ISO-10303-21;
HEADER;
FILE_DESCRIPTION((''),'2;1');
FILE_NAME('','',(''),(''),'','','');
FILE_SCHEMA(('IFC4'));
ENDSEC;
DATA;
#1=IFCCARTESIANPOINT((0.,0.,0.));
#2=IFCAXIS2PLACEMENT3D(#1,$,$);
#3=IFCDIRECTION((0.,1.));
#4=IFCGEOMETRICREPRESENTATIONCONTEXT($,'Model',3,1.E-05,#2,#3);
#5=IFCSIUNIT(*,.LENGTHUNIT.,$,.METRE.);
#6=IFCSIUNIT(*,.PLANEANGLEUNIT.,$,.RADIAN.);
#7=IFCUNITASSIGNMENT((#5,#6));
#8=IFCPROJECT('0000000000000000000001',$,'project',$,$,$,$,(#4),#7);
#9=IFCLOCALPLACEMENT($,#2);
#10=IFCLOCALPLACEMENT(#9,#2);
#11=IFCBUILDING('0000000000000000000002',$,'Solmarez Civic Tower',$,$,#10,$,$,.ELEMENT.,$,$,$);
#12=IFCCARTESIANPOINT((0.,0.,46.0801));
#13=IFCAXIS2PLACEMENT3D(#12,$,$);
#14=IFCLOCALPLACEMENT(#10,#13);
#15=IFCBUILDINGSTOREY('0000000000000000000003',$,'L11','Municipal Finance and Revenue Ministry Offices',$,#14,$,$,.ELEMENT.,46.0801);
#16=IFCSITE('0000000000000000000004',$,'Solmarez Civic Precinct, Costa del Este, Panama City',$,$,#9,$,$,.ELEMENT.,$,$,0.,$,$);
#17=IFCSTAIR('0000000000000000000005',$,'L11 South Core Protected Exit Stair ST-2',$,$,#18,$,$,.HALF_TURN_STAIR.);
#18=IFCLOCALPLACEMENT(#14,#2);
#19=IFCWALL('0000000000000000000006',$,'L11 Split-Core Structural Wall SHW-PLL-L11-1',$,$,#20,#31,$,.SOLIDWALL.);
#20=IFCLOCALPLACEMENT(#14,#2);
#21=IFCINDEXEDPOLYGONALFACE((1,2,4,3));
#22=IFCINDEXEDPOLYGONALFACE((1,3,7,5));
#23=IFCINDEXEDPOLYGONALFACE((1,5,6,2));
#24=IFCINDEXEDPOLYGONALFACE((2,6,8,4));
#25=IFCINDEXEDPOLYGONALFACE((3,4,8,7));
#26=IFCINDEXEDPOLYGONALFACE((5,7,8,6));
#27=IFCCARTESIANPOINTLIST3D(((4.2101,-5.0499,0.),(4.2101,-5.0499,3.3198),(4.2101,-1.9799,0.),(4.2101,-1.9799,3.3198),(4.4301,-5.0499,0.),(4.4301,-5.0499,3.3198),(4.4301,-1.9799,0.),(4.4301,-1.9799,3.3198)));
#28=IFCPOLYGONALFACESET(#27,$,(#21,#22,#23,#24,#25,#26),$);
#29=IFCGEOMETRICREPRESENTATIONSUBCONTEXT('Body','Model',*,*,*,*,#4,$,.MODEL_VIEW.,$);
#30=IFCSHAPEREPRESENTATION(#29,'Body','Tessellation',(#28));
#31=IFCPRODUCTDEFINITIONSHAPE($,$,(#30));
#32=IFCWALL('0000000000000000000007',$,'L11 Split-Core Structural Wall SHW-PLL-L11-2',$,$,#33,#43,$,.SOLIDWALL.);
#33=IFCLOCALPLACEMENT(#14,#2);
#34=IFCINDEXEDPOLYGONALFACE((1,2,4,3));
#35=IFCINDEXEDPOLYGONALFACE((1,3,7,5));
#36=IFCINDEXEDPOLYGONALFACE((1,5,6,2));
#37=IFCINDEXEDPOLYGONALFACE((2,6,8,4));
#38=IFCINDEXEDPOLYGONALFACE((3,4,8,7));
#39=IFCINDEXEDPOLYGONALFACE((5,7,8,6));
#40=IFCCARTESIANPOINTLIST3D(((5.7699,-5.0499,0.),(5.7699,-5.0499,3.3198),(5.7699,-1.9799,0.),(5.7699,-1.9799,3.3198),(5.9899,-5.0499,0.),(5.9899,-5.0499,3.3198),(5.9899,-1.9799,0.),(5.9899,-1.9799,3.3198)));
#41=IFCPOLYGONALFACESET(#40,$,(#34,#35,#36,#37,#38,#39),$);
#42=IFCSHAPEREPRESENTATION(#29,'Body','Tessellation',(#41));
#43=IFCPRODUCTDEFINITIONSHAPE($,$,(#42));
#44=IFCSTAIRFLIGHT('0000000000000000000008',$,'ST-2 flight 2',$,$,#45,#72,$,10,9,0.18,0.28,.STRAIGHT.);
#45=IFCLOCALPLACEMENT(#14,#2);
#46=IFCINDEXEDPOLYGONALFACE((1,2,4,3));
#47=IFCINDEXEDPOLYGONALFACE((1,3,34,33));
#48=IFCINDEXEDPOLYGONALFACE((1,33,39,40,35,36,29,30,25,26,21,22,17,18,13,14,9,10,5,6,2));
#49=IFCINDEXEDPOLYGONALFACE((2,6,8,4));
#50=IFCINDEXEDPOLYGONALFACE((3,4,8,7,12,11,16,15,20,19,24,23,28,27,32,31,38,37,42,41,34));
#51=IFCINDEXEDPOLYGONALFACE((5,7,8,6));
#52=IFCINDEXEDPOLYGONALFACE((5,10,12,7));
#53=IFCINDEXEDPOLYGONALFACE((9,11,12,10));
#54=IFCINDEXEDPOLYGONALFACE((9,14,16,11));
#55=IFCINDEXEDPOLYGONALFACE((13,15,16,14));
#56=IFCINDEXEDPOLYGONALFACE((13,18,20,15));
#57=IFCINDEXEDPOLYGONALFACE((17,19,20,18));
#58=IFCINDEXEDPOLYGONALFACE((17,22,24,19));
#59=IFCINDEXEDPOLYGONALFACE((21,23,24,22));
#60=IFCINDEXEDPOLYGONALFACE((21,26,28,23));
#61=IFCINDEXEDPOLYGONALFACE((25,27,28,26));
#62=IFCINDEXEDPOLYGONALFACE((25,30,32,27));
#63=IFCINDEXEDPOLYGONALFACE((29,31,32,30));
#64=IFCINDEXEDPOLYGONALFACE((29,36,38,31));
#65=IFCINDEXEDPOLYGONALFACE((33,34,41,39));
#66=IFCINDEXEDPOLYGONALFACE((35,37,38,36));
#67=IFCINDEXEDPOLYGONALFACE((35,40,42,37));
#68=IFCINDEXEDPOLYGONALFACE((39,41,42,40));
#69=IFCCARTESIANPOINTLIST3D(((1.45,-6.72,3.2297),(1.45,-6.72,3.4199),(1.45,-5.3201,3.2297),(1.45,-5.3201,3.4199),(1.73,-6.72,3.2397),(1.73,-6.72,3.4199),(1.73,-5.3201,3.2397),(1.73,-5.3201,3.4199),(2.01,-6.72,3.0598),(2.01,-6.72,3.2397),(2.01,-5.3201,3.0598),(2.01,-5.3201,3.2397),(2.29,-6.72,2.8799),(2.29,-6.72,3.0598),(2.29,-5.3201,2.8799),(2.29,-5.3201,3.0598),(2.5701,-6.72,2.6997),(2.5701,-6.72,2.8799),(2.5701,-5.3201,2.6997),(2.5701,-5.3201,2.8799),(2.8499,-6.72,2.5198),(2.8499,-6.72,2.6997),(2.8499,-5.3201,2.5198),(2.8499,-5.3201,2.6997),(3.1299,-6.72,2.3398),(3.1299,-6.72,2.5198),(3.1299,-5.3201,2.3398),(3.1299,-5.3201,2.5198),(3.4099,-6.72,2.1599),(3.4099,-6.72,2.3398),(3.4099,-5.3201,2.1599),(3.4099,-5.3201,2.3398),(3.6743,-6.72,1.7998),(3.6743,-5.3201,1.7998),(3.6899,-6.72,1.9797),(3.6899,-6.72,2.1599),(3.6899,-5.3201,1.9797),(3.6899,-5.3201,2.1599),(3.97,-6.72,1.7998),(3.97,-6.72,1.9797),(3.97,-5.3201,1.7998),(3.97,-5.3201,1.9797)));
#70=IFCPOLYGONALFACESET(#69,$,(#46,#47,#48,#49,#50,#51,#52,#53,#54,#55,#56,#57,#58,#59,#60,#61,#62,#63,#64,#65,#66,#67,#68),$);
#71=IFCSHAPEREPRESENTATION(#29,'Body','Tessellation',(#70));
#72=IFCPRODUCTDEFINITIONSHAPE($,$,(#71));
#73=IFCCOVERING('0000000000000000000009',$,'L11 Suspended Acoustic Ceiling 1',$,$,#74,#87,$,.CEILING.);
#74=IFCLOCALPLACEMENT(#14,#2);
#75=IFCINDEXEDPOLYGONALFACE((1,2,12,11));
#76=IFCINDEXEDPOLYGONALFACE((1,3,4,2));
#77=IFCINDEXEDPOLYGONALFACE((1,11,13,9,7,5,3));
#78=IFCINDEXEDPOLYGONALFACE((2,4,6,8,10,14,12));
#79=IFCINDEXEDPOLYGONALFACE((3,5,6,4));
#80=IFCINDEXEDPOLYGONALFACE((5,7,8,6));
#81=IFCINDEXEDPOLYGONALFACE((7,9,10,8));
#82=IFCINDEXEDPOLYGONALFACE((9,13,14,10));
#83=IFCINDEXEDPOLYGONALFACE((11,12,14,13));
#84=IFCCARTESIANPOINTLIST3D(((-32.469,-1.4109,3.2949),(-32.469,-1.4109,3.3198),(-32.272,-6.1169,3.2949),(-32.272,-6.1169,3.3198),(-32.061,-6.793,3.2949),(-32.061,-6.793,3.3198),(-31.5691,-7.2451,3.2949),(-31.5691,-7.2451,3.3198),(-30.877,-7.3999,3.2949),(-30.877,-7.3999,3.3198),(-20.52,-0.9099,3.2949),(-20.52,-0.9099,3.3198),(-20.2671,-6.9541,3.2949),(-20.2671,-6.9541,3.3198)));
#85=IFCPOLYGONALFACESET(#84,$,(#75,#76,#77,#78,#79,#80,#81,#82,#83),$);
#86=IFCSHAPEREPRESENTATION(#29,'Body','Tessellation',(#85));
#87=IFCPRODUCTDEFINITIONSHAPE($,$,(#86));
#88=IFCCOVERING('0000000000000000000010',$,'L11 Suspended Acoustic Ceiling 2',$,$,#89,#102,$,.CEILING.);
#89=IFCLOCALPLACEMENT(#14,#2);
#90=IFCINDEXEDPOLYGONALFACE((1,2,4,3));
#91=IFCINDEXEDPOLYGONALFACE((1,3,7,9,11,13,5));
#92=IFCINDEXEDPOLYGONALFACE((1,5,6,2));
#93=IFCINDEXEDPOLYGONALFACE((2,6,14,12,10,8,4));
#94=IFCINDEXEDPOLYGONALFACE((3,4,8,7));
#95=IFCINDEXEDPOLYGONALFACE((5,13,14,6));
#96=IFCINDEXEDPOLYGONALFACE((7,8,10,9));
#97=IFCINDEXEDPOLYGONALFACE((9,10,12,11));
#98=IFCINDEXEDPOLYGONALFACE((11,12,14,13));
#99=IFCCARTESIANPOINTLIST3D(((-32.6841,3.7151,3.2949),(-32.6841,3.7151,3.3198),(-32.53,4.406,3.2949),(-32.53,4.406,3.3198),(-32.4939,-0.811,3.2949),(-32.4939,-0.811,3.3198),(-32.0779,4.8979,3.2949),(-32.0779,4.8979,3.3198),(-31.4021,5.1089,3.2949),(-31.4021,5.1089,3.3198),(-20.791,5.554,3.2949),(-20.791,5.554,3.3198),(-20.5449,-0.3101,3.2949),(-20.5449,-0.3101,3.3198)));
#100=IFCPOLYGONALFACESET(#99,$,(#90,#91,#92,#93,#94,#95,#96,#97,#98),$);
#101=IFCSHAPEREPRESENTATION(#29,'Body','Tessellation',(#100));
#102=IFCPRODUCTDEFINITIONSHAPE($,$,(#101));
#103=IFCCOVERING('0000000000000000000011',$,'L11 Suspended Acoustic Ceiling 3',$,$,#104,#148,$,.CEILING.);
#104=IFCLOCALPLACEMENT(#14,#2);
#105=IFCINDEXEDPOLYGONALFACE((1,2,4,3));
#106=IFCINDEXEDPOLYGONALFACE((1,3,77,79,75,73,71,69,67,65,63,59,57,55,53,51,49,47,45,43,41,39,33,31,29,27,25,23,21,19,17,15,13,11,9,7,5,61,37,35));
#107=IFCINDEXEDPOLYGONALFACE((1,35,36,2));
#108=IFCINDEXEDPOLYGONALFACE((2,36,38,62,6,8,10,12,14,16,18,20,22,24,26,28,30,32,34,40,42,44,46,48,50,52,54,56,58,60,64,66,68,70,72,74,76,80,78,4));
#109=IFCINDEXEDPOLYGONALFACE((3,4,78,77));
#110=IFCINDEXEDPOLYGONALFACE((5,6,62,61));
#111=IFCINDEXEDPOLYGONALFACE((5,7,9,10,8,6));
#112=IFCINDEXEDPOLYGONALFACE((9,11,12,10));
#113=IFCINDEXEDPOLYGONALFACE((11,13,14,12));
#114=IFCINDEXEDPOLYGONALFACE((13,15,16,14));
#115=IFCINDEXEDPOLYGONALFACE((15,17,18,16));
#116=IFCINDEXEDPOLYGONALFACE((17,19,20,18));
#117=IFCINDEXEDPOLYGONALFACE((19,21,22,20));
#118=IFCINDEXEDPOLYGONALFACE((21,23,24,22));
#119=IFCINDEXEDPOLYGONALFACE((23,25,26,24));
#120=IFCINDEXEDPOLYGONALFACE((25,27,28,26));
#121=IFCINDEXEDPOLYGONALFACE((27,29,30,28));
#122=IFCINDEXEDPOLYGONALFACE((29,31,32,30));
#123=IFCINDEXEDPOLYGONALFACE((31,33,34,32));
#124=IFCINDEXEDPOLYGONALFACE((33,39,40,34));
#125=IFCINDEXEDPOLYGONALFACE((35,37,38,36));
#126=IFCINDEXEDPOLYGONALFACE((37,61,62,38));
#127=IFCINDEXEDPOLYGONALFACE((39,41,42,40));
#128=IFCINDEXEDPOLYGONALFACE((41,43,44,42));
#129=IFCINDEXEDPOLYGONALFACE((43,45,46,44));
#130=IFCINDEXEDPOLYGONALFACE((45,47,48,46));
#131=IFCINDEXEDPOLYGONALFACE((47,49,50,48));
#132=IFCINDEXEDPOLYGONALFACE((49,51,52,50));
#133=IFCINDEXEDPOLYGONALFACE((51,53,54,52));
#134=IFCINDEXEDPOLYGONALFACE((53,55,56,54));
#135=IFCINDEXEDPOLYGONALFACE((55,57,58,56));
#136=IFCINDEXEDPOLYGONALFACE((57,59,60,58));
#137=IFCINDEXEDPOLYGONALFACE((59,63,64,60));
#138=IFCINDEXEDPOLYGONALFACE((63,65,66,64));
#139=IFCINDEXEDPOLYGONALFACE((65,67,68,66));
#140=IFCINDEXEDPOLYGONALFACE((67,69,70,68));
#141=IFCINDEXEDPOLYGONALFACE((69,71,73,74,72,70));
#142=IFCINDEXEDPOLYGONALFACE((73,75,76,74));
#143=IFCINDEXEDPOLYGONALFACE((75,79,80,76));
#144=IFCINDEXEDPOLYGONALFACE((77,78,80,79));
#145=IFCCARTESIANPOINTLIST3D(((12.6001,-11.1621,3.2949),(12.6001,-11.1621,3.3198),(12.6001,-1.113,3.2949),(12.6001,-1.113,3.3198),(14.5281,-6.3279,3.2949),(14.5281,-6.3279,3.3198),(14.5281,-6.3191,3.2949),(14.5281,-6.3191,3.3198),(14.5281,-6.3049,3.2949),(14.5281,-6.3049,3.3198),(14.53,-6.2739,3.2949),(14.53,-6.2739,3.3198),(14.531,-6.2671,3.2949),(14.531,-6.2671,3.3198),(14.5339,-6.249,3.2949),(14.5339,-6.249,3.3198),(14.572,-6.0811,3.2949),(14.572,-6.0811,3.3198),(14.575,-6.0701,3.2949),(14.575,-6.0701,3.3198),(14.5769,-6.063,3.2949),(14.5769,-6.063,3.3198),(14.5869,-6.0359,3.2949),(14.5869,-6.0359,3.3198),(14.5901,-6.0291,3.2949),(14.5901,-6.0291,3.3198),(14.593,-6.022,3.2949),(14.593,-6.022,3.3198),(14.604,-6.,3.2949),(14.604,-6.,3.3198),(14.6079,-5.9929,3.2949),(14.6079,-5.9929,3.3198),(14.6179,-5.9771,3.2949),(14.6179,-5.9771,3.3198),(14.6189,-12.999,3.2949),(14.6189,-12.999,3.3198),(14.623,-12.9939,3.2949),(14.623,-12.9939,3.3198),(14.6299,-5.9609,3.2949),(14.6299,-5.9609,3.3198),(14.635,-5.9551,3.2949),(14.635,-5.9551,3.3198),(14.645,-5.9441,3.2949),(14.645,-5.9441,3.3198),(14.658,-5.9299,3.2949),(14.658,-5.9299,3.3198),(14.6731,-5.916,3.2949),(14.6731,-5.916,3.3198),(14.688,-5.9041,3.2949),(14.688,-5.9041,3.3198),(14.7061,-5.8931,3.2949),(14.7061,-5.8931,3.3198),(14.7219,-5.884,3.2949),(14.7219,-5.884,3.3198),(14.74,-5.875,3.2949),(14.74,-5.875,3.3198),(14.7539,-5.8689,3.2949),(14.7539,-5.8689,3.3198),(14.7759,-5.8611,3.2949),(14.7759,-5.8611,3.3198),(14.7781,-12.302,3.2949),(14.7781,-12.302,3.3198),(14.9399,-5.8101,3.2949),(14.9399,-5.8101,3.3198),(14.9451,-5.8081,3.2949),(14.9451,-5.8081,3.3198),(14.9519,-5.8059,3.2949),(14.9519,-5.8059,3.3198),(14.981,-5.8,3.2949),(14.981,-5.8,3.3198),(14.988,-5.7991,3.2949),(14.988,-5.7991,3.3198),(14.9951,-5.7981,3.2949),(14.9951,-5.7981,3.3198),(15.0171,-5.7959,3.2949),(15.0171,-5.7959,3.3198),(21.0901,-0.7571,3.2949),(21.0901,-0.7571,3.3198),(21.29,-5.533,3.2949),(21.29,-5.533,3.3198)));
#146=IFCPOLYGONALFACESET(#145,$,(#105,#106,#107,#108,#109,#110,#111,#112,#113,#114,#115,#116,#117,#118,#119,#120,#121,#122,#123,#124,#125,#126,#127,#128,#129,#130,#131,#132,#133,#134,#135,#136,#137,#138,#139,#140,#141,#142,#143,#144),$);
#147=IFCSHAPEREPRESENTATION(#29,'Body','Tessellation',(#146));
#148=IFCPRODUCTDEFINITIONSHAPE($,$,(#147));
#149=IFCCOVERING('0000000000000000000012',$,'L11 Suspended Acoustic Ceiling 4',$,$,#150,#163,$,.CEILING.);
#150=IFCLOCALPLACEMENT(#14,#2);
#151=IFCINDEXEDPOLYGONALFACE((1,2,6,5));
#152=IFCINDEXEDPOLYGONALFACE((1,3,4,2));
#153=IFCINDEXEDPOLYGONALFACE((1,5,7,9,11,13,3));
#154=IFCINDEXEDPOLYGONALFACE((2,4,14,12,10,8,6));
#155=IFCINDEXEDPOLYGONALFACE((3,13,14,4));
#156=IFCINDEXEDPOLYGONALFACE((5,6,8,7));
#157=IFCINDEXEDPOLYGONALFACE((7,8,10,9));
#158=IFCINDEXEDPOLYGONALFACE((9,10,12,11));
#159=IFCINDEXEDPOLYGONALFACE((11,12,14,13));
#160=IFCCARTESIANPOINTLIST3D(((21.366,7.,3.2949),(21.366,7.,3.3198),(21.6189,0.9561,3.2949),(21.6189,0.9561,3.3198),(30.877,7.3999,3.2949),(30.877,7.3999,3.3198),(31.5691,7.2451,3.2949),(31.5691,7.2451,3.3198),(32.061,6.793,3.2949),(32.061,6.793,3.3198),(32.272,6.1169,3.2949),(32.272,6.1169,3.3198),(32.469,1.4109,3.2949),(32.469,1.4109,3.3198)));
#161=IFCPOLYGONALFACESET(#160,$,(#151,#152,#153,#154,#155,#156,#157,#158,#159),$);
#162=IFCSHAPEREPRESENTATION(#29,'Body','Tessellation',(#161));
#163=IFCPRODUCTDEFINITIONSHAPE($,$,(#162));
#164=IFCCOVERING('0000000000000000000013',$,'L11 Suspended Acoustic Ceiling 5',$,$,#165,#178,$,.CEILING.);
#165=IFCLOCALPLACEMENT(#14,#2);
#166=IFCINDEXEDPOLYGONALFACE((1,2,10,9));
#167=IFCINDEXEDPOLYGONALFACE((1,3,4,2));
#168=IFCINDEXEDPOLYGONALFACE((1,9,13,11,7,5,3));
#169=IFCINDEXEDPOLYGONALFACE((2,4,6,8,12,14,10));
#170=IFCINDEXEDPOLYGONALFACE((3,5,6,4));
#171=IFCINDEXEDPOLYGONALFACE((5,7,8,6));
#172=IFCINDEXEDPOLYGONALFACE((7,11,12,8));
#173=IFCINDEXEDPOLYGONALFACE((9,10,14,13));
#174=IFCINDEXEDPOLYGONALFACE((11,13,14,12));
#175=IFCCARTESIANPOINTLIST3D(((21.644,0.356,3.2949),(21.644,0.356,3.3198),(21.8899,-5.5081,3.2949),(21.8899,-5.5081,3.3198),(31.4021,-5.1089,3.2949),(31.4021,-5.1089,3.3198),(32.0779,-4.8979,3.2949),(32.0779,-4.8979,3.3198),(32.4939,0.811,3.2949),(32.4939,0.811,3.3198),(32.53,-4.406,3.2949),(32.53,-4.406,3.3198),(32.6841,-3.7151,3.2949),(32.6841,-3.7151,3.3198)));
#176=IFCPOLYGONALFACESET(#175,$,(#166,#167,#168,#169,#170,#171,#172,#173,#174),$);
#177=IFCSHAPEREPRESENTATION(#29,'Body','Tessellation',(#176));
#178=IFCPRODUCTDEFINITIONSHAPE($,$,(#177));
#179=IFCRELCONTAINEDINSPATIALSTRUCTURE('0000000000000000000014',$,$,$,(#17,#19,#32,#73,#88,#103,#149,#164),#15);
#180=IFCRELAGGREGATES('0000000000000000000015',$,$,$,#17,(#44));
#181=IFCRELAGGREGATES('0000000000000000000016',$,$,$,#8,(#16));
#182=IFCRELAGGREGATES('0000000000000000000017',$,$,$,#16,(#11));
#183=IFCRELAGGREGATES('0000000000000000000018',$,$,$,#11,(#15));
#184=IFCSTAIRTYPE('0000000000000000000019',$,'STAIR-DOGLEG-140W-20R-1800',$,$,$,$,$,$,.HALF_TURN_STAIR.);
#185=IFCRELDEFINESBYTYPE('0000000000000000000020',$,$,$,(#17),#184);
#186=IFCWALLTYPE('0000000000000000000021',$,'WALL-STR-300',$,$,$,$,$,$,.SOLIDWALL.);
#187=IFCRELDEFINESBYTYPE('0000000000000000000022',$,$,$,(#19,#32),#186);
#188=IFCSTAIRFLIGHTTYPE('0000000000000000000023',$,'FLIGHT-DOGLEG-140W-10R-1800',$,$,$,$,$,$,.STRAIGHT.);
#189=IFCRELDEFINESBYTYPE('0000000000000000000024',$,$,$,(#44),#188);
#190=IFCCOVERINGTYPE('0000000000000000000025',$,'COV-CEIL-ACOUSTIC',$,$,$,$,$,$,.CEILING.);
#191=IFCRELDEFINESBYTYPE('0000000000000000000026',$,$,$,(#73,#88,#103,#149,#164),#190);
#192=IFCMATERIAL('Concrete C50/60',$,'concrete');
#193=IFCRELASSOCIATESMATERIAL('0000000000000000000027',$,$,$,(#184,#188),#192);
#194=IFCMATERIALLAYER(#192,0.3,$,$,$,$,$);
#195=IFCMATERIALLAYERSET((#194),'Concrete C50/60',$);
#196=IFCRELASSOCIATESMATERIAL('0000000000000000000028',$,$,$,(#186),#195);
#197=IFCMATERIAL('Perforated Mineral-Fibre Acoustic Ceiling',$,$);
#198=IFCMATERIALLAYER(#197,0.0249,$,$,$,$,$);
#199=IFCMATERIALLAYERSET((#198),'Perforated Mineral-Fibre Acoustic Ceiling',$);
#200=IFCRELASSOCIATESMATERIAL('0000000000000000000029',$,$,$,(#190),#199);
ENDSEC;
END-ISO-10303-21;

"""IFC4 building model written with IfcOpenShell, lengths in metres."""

from ifc_helpers import new_model, si_unit, direction, frame, frame_2d, origin, place, context, subcontext, project, spatial, polyline, rectangle, outline, extrude, material, layer, layer_set, type_object, element, aggregate, save


model = new_model("IFC4")

# Units and contexts
model_context = context("Model", 3, precision=1e-05, world=origin(), true_north=direction((0.0, 1.0)))
body_context = subcontext(model_context, "Body", "Model", "MODEL_VIEW")
ifc_project = project(units=[si_unit("LENGTHUNIT", "METRE"), si_unit("PLANEANGLEUNIT", "RADIAN")], contexts=[model_context])

# Site, building, storey
site_placement = place(None, origin())
site = spatial("IfcSite", under=ifc_project, at=site_placement, Name="Solmarez Civic Precinct, Costa del Este, Panama City", CompositionType="ELEMENT", RefElevation=0.0)
building_placement = place(site_placement, origin())
building = spatial("IfcBuilding", under=site, at=building_placement, Name="Solmarez Civic Tower", CompositionType="ELEMENT")
storey_placement = place(building_placement, frame((0.0, 0.0, 46.0801)))
storey = spatial("IfcBuildingStorey", under=building, at=storey_placement, Name="L11", Description="Municipal Finance and Revenue Ministry Offices", CompositionType="ELEMENT", Elevation=46.0801)

# Stair
ifc_material_1 = material(Name="Concrete C50/60", Category="concrete")
stair_type = type_object("IfcStairType", Name="STAIR-DOGLEG-140W-20R-1800", PredefinedType="HALF_TURN_STAIR", material=ifc_material_1)
stair_1_placement = place(storey_placement, origin())
stair_1 = element("IfcStair", 1, at=stair_1_placement, inside=storey, type_object=stair_type, Name="L11 South Core Protected Exit Stair ST-2", PredefinedType="HALF_TURN_STAIR")

# Walls
ifc_layer_1 = layer(ifc_material_1, 0.3)
ifc_layer_set_1 = layer_set([ifc_layer_1], Name="Concrete C50/60")
wall_type = type_object("IfcWallType", Name="WALL-STR-300", PredefinedType="SOLIDWALL", material=ifc_layer_set_1)
for number, where, z_axis, x_axis, name in (
    (2, (4.3201, -5.05, 0.0), (0.0, 0.0, 1.0), (0.0, 1.0, 0.0), "L11 Split-Core Structural Wall SHW-PLL-L11-1"),
    (3, (5.8799, -5.05, 0.0), (0.0, 0.0, 1.0), (0.0, 1.0, 0.0), "L11 Split-Core Structural Wall SHW-PLL-L11-2"),
):
    element("IfcWall", number, at=place(storey_placement, frame(where, z_axis=z_axis, x_axis=x_axis)), inside=storey, type_object=wall_type, Name=name, PredefinedType="SOLIDWALL", context=body_context, shape_type="SweptSolid", body=[
        extrude(rectangle(XDim=3.0701, YDim=0.22, at=frame_2d((1.5352, 0.0))), origin(), (0.0, 0.0, 1.0), 3.3198),
    ])

# Stair flight
stair_flight_type = type_object("IfcStairFlightType", Name="FLIGHT-DOGLEG-140W-10R-1800", PredefinedType="STRAIGHT", material=ifc_material_1)
stair_flight_placement = place(storey_placement, frame((3.97, -6.02, 1.7998), z_axis=(0.0, 0.0, 1.0), x_axis=(-1.0, 0.0, 0.0)))
stair_flight = element("IfcStairFlight", 4, at=stair_flight_placement, type_object=stair_flight_type, Name="ST-2 flight 2", NumberOfRisers=10, NumberOfTreads=9, PredefinedType="STRAIGHT", RiserHeight=0.18, TreadLength=0.28, context=body_context, shape_type="SweptSolid", body=[
    extrude(outline(polyline([(0.0, 0.0), (0.0, 0.1799), (0.28, 0.1799), (0.28, 0.3601), (0.5601, 0.3601), (0.5601, 0.54), (0.8401, 0.54), (0.8401, 0.72), (1.1201, 0.72), (1.1201, 0.8999), (1.3999, 0.8999), (1.3999, 1.0801), (1.6799, 1.0801), (1.6799, 1.26), (1.96, 1.26), (1.96, 1.4399), (2.24, 1.4399), (2.24, 1.6201), (2.52, 1.6201), (2.52, 1.8), (2.52, 1.4299), (0.2957, 0.0), (0.0, 0.0)])), frame((0.0, 0.7, 0.0), z_axis=(0.0, -1.0, 0.0), x_axis=(1.0, 0.0, 0.0)), (0.0, 0.0, 1.0), 1.3999),
])
aggregate(stair_1, [stair_flight])

# Coverings
ifc_material_2 = material(Name="Perforated Mineral-Fibre Acoustic Ceiling")
ifc_layer_2 = layer(ifc_material_2, 0.0249)
ifc_layer_set_2 = layer_set([ifc_layer_2], Name="Perforated Mineral-Fibre Acoustic Ceiling")
covering_type_1 = type_object("IfcCoveringType", Name="COV-CEIL-ACOUSTIC", PredefinedType="CEILING", material=ifc_layer_set_2)
covering_1_placement = place(storey_placement, frame((0.0, 0.0, 3.2949)))
element("IfcCovering", 5, at=covering_1_placement, inside=storey, type_object=covering_type_1, Name="L11 Suspended Acoustic Ceiling 1", PredefinedType="CEILING", context=body_context, shape_type="SweptSolid", body=[
    extrude(outline(polyline([(-32.469, -1.4109), (-32.272, -6.1169), (-32.061, -6.793), (-31.5691, -7.2451), (-30.877, -7.3999), (-20.2671, -6.9541), (-20.52, -0.9099), (-32.469, -1.4109)])), origin(), (0.0, 0.0, 1.0), 0.0249),
])
covering_2_placement = place(storey_placement, frame((0.0, 0.0, 3.2949)))
element("IfcCovering", 6, at=covering_2_placement, inside=storey, type_object=covering_type_1, Name="L11 Suspended Acoustic Ceiling 2", PredefinedType="CEILING", context=body_context, shape_type="SweptSolid", body=[
    extrude(outline(polyline([(-20.791, 5.554), (-31.4021, 5.1089), (-32.0779, 4.8979), (-32.53, 4.406), (-32.6841, 3.7151), (-32.4939, -0.811), (-20.5449, -0.3101), (-20.791, 5.554)])), origin(), (0.0, 0.0, 1.0), 0.0249),
])
covering_3_placement = place(storey_placement, frame((0.0, 0.0, 3.2949)))
element("IfcCovering", 7, at=covering_3_placement, inside=storey, type_object=covering_type_1, Name="L11 Suspended Acoustic Ceiling 3", PredefinedType="CEILING", context=body_context, shape_type="SweptSolid", body=[
    extrude(outline(polyline([(12.6001, -1.113), (12.6001, -11.1621), (14.6189, -12.999), (14.623, -12.9939), (14.7781, -12.302), (14.5281, -6.3279), (14.5281, -6.3191), (14.5281, -6.3049), (14.53, -6.2739), (14.531, -6.2671), (14.5339, -6.249), (14.572, -6.0811), (14.575, -6.0701), (14.5769, -6.063), (14.5869, -6.0359), (14.5901, -6.0291), (14.593, -6.022), (14.604, -6.0), (14.6079, -5.9929), (14.6179, -5.9771), (14.6299, -5.9609), (14.635, -5.9551), (14.645, -5.9441), (14.658, -5.9299), (14.6731, -5.916), (14.688, -5.9041), (14.7061, -5.8931), (14.7219, -5.884), (14.74, -5.875), (14.7539, -5.8689), (14.7759, -5.8611), (14.9399, -5.8101), (14.9451, -5.8081), (14.9519, -5.8059), (14.981, -5.8), (14.988, -5.7991), (14.9951, -5.7981), (15.0171, -5.7959), (21.29, -5.533), (21.0901, -0.7571), (12.6001, -1.113)])), origin(), (0.0, 0.0, 1.0), 0.0249),
])
covering_4_placement = place(storey_placement, frame((0.0, 0.0, 3.2949)))
element("IfcCovering", 8, at=covering_4_placement, inside=storey, type_object=covering_type_1, Name="L11 Suspended Acoustic Ceiling 4", PredefinedType="CEILING", context=body_context, shape_type="SweptSolid", body=[
    extrude(outline(polyline([(32.469, 1.4109), (32.272, 6.1169), (32.061, 6.793), (31.5691, 7.2451), (30.877, 7.3999), (21.366, 7.0), (21.6189, 0.9561), (32.469, 1.4109)])), origin(), (0.0, 0.0, 1.0), 0.0249),
])
covering_5_placement = place(storey_placement, frame((0.0, 0.0, 3.2949)))
element("IfcCovering", 9, at=covering_5_placement, inside=storey, type_object=covering_type_1, Name="L11 Suspended Acoustic Ceiling 5", PredefinedType="CEILING", context=body_context, shape_type="SweptSolid", body=[
    extrude(outline(polyline([(21.8899, -5.5081), (31.4021, -5.1089), (32.0779, -4.8979), (32.53, -4.406), (32.6841, -3.7151), (32.4939, 0.811), (21.644, 0.356), (21.8899, -5.5081)])), origin(), (0.0, 0.0, 1.0), 0.0249),
])

save(model, "model.ifc")
